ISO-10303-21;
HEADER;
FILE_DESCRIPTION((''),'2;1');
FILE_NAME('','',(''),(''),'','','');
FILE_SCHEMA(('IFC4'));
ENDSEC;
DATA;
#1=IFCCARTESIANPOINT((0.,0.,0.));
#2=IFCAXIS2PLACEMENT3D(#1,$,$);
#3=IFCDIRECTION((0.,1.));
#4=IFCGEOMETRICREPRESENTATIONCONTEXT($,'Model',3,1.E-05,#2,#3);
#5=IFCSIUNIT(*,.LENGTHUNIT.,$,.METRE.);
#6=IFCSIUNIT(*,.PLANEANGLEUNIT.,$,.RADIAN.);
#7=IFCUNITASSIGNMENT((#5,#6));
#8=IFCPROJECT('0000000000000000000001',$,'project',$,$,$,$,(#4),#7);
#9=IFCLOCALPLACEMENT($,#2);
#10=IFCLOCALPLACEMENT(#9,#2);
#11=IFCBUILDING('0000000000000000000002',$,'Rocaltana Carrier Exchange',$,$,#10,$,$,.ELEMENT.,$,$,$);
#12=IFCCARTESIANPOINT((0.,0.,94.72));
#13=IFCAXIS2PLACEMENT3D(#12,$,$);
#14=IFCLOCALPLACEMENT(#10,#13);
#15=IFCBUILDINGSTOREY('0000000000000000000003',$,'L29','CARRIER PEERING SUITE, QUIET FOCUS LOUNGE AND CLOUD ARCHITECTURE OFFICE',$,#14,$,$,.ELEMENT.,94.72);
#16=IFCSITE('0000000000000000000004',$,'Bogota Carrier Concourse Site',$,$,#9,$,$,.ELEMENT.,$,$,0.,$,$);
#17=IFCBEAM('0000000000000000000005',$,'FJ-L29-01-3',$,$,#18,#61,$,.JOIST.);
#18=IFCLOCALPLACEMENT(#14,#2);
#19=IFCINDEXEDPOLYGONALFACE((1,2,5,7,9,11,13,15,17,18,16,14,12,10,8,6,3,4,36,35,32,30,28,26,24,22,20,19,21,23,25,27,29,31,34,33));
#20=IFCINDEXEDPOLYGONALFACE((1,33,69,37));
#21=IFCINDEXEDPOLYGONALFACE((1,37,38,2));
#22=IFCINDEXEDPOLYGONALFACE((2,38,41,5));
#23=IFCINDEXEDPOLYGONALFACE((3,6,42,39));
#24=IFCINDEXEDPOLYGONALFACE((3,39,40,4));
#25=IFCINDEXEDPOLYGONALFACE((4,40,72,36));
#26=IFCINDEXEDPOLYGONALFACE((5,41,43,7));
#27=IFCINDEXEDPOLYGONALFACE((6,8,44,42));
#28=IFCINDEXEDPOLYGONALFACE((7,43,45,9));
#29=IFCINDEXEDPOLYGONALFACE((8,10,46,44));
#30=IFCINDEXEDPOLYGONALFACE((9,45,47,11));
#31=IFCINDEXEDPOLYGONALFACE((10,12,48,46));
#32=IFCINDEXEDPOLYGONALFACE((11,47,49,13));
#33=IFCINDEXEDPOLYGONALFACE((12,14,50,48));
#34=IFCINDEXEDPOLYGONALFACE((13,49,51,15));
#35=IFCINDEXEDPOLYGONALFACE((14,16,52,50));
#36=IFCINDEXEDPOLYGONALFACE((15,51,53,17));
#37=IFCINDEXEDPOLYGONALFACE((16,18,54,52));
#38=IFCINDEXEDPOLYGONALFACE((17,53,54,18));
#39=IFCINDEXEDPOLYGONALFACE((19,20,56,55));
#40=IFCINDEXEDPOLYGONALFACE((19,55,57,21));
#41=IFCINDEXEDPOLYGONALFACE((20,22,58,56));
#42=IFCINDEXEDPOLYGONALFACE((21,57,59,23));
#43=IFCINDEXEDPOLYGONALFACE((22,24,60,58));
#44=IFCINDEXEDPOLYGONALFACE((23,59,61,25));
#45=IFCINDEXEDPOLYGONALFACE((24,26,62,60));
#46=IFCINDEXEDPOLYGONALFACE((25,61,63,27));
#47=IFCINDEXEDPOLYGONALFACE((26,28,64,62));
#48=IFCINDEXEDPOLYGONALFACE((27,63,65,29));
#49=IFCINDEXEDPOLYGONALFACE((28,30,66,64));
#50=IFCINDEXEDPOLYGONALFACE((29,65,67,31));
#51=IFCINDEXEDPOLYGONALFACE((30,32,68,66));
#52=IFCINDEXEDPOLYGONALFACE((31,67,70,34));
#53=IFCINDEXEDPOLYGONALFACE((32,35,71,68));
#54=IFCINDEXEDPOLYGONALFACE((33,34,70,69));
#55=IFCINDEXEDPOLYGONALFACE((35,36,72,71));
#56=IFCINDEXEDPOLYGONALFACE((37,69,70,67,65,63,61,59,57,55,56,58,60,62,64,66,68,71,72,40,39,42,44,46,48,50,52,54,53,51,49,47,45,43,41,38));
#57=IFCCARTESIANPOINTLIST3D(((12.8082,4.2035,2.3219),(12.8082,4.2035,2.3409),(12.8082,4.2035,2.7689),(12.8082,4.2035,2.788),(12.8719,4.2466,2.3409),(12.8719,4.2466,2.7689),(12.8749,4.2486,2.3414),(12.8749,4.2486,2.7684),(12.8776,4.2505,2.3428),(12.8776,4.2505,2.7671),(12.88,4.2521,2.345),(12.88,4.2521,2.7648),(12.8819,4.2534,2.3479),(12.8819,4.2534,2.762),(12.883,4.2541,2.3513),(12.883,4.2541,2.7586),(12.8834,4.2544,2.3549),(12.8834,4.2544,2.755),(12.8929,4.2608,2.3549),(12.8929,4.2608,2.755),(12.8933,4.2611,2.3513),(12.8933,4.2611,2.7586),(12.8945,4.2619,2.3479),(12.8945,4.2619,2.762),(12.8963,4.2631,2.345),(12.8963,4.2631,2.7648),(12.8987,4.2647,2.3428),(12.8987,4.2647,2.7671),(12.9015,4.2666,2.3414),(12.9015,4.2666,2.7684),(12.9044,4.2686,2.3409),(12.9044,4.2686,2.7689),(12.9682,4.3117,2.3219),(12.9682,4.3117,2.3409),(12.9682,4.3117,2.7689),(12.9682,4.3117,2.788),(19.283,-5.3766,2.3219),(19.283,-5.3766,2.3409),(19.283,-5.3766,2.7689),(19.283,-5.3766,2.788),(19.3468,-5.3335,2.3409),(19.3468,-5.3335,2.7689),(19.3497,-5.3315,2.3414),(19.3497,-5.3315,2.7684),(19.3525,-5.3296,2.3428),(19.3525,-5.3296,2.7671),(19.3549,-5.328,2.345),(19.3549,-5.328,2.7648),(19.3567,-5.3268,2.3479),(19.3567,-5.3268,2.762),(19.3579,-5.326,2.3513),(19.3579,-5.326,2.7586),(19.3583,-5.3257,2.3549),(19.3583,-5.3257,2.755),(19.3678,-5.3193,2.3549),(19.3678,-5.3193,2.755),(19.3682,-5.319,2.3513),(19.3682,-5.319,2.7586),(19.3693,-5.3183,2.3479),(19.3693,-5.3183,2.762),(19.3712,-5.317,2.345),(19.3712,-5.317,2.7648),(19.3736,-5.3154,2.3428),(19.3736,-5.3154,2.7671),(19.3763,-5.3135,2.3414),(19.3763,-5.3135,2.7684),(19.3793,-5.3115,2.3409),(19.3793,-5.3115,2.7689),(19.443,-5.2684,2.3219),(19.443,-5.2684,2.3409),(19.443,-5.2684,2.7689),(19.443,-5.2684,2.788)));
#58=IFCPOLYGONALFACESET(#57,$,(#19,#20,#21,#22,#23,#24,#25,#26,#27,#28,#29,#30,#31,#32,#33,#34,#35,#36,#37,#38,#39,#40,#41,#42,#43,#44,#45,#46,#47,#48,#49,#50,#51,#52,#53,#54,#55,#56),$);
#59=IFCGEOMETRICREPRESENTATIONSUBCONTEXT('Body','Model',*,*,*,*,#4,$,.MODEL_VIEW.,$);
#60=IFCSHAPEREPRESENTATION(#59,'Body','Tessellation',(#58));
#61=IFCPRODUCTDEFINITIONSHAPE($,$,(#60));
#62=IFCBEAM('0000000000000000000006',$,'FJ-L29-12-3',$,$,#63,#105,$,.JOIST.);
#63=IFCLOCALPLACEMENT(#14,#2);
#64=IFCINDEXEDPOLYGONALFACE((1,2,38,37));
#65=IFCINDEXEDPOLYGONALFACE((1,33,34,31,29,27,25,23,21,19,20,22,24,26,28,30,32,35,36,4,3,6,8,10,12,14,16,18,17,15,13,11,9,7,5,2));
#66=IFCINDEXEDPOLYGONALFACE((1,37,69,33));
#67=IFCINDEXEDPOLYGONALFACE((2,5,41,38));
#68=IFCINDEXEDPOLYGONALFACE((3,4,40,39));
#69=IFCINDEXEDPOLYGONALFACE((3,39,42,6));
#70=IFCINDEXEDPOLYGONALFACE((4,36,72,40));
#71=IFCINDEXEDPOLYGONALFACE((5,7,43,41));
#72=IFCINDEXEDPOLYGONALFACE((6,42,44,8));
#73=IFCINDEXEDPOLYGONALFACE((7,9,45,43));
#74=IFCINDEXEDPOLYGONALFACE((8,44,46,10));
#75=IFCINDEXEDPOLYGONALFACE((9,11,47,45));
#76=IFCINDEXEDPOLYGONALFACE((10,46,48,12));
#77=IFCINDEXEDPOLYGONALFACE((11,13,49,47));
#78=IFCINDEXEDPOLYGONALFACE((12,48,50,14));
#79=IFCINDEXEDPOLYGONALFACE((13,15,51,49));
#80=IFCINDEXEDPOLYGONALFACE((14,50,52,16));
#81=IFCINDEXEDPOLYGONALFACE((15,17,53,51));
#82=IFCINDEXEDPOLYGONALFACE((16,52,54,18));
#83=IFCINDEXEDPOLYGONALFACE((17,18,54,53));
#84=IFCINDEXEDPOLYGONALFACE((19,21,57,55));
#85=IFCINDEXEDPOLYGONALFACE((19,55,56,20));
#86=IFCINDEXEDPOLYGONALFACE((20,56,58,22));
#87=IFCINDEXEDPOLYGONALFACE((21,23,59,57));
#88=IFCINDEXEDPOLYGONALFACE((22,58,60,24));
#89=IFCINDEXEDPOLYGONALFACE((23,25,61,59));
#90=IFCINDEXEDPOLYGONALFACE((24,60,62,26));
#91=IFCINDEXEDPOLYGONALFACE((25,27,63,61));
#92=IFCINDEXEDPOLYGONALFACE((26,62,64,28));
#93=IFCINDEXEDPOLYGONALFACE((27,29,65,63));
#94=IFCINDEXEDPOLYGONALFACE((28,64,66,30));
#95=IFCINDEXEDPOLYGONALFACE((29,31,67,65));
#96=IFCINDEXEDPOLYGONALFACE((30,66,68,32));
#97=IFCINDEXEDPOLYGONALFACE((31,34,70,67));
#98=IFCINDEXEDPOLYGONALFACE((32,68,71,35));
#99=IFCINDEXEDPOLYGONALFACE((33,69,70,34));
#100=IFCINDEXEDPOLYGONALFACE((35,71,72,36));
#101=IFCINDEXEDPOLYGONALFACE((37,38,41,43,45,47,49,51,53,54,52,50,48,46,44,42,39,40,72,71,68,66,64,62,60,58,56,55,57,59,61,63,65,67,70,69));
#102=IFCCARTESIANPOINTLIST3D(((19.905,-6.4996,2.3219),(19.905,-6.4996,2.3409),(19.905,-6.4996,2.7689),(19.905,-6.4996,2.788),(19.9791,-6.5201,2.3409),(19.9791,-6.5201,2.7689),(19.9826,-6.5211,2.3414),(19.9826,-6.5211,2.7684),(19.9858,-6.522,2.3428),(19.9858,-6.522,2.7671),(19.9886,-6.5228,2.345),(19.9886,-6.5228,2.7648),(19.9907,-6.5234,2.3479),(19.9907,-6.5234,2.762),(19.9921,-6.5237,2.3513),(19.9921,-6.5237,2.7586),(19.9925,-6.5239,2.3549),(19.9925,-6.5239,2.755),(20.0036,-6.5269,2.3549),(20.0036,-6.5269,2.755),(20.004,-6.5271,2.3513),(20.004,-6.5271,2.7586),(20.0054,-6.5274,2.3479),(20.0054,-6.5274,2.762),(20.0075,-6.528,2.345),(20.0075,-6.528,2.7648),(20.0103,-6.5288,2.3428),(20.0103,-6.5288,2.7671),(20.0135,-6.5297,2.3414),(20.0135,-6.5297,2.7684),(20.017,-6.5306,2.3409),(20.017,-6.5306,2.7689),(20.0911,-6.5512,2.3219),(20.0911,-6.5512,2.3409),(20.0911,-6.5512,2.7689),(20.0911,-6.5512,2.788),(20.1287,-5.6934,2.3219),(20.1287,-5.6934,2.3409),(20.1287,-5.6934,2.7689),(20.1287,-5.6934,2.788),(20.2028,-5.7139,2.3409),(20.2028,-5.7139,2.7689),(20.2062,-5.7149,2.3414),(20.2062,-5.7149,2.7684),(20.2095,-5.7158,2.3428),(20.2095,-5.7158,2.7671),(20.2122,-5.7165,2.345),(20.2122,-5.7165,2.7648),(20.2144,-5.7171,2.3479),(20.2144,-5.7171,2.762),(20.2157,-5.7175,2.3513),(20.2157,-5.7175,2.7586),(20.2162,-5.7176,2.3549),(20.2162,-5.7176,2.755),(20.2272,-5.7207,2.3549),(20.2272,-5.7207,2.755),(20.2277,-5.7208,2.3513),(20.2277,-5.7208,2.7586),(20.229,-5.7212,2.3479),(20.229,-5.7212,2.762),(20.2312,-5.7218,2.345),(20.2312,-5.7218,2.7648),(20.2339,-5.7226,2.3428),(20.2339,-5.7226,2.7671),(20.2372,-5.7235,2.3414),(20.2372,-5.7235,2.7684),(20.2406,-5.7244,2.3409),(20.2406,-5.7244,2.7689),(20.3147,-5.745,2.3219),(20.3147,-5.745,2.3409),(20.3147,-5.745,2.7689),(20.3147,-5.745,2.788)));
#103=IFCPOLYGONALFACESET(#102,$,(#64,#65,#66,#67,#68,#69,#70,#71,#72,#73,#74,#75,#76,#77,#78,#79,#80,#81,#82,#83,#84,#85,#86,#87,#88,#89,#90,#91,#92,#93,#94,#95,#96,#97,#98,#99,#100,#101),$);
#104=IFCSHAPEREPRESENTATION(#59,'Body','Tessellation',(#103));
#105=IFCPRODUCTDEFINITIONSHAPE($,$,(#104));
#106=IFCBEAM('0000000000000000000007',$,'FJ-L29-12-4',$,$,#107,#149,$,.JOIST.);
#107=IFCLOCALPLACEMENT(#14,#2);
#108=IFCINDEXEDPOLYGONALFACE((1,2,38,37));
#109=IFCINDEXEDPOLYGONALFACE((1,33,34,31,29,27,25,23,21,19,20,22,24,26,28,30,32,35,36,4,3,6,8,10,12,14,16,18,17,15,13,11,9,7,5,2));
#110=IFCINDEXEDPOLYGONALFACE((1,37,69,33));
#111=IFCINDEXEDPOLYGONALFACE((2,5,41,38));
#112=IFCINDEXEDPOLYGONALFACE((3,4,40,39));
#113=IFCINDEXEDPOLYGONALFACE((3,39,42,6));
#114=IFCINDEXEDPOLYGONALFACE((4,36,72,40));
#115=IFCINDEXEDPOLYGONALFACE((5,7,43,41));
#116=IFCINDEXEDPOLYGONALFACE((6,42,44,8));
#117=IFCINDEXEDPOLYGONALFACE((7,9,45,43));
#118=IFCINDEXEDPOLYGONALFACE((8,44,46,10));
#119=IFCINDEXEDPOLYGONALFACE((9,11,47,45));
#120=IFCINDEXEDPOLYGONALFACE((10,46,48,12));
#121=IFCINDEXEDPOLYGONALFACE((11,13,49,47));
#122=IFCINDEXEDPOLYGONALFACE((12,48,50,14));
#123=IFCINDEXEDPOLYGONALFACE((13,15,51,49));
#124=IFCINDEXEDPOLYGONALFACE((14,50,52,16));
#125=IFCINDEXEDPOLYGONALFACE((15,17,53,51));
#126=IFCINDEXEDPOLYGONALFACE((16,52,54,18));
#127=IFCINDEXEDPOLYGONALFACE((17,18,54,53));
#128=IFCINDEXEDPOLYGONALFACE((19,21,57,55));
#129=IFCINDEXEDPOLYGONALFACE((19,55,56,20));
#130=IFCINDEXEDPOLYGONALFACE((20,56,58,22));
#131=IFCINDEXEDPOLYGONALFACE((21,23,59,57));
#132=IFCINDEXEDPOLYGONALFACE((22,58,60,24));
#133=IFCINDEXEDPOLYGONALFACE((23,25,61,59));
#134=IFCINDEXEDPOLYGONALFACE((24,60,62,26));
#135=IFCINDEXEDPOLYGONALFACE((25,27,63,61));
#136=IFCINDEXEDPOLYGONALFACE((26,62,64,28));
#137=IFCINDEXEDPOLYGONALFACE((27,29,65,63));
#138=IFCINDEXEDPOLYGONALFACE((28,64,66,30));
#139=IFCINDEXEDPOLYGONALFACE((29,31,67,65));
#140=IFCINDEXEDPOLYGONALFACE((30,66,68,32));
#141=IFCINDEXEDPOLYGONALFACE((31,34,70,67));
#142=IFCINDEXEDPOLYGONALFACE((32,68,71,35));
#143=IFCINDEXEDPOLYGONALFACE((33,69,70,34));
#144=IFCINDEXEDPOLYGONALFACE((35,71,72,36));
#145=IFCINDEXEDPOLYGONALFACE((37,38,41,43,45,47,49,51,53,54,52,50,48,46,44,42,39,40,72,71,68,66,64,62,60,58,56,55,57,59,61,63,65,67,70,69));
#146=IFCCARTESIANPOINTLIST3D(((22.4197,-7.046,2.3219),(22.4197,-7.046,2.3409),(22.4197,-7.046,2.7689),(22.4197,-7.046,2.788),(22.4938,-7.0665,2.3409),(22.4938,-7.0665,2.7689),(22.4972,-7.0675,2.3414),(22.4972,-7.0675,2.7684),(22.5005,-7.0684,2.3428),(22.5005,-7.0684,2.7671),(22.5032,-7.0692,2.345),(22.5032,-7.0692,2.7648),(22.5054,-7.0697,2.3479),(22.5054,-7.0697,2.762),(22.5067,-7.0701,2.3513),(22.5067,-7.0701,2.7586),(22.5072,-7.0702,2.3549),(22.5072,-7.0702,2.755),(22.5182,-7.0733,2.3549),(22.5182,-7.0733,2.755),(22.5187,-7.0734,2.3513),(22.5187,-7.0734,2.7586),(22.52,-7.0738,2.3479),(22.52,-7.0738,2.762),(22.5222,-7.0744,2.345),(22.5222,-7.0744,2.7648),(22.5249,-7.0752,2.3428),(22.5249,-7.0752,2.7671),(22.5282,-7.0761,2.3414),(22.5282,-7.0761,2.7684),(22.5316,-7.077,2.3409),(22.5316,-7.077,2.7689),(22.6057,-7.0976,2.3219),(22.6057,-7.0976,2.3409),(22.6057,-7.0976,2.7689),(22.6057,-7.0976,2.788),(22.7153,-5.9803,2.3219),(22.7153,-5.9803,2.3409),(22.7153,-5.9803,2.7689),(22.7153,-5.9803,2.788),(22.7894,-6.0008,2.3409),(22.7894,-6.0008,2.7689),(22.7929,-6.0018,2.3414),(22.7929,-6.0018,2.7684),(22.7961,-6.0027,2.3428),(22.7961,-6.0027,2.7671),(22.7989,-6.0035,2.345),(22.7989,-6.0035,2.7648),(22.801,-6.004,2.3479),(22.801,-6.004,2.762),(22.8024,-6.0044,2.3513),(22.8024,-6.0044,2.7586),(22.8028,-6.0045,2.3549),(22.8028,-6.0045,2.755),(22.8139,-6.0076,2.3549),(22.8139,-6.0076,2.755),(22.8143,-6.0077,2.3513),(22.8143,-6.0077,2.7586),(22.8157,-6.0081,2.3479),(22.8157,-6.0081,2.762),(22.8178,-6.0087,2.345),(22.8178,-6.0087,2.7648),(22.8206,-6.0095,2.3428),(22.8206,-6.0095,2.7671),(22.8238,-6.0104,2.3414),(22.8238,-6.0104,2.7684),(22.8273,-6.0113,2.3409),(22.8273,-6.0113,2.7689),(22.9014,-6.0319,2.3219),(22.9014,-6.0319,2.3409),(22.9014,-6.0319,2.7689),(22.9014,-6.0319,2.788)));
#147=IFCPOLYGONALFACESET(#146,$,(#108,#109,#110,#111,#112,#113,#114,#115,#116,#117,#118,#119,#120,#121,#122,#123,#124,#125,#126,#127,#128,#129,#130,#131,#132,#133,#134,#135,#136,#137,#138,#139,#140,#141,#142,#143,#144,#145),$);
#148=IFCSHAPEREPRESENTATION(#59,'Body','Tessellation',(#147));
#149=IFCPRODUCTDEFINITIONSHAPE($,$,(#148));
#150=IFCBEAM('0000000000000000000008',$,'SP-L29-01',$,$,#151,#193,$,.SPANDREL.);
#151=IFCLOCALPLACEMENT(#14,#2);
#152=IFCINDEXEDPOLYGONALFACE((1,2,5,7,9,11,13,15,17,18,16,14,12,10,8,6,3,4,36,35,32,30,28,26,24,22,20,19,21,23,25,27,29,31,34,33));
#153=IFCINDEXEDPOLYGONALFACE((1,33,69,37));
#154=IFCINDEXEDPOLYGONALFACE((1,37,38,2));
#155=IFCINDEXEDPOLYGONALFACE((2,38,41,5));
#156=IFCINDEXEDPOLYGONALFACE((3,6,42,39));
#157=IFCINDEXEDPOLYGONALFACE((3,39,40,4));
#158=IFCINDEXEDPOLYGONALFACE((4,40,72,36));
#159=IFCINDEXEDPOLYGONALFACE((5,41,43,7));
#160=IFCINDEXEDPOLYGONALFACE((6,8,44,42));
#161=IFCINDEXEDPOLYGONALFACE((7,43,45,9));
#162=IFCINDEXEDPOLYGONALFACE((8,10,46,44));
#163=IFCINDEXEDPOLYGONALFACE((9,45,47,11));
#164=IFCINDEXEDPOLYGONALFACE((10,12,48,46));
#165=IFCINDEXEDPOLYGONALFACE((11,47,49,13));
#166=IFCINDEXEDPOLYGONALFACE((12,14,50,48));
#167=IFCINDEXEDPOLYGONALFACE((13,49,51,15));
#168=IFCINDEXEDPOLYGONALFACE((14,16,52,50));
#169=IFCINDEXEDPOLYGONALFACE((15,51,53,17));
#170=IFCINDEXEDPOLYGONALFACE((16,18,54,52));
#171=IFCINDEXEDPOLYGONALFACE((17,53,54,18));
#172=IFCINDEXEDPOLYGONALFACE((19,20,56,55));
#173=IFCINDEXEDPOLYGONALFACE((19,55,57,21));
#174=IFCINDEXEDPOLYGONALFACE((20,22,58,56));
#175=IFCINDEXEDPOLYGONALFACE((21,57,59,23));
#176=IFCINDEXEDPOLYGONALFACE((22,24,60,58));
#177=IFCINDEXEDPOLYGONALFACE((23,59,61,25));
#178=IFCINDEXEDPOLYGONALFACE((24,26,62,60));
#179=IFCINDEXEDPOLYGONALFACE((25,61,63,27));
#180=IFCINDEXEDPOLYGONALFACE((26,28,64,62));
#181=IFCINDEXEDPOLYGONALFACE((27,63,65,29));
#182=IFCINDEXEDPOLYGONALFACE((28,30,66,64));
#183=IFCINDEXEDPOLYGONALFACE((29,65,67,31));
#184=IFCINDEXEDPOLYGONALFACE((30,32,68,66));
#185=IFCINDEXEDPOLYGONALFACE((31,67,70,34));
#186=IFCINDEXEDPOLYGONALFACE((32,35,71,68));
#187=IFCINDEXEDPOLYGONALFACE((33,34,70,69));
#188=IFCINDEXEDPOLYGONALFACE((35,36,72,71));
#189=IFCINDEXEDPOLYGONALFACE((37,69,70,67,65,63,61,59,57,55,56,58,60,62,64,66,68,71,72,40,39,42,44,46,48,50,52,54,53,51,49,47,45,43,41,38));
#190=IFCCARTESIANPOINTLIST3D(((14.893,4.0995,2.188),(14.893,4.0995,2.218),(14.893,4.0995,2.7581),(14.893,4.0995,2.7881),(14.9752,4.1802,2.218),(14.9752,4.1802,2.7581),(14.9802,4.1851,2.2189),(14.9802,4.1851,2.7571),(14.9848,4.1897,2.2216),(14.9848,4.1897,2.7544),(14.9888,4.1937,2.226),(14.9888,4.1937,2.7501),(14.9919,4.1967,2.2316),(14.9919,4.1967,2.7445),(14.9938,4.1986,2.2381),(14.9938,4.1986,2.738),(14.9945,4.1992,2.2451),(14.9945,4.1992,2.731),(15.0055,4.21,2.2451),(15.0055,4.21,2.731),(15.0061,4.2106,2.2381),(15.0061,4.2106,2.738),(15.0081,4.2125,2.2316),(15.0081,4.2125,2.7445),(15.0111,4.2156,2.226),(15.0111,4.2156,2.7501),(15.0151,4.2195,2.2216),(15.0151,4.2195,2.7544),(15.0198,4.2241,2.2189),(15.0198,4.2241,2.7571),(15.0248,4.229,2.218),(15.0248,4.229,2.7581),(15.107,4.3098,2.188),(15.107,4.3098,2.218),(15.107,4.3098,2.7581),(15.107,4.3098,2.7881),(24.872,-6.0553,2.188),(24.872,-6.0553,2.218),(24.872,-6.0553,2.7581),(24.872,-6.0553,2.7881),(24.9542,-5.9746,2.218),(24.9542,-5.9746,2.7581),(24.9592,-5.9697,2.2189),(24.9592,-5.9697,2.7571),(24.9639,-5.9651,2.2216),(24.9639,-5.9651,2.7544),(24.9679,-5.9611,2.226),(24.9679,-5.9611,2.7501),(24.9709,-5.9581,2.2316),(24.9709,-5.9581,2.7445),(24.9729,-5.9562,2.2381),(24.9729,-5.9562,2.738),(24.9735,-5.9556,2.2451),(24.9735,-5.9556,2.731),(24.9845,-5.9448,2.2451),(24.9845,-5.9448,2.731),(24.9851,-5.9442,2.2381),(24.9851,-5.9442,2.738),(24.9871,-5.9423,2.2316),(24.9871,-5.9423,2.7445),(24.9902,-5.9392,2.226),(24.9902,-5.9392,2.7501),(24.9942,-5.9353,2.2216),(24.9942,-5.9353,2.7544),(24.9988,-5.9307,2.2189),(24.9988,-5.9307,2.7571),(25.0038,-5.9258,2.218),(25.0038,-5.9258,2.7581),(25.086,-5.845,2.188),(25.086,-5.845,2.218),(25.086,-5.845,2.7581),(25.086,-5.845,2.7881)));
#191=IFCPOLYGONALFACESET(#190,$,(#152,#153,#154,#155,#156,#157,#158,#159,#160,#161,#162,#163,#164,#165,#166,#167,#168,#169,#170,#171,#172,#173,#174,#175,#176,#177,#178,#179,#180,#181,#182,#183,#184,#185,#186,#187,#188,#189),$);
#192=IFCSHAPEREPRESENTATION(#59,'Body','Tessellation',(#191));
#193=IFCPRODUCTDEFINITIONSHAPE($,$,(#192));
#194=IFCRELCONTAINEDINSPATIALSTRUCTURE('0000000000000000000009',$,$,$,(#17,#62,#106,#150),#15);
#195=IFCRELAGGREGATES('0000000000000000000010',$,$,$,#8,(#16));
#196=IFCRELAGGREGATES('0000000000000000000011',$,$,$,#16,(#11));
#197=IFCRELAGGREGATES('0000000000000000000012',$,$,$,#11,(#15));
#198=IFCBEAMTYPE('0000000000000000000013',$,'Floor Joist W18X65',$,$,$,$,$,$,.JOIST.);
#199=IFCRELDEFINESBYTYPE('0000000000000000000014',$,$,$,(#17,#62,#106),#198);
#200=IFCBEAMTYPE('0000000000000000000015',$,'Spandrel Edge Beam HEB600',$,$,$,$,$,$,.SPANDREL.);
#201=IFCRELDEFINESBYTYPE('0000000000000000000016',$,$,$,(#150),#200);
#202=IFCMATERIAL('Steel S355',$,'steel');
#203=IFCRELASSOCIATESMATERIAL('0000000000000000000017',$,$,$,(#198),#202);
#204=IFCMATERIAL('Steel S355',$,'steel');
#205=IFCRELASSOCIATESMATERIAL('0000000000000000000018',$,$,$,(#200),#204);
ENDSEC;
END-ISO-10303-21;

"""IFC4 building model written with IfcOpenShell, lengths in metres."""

from ifc_helpers import new_model, si_unit, direction, frame, origin, origin_2d, place, context, subcontext, project, spatial, i_section, extrude, material, material_profile, profile_set, type_object, element, save


model = new_model("IFC4")

# Units and contexts
model_context = context("Model", 3, precision=1e-05, world=origin(), true_north=direction((0.0, 1.0)))
body_context = subcontext(model_context, "Body", "Model", "MODEL_VIEW")
ifc_project = project(units=[si_unit("LENGTHUNIT", "METRE"), si_unit("PLANEANGLEUNIT", "RADIAN")], contexts=[model_context])

# Site, building, storey
site_placement = place(None, origin())
site = spatial("IfcSite", under=ifc_project, at=site_placement, Name="Bogota Carrier Concourse Site", CompositionType="ELEMENT", RefElevation=0.0)
building_placement = place(site_placement, origin())
building = spatial("IfcBuilding", under=site, at=building_placement, Name="Rocaltana Carrier Exchange", CompositionType="ELEMENT")
storey_placement = place(building_placement, frame((0.0, 0.0, 94.72)))
storey = spatial("IfcBuildingStorey", under=building, at=storey_placement, Name="L29", Description="CARRIER PEERING SUITE, QUIET FOCUS LOUNGE AND CLOUD ARCHITECTURE OFFICE", CompositionType="ELEMENT", Elevation=94.72)

# Beams
ifc_material_1 = material(Name="Steel S355", Category="steel")
ifc_material_profile_1 = material_profile(ifc_material_1, i_section(OverallWidth=0.1931, OverallDepth=0.4661, WebThickness=0.0115, FlangeThickness=0.019, FilletRadius=0.0139, at=origin_2d()), Name="W18X65")
ifc_profile_set_1 = profile_set([ifc_material_profile_1], Name="Steel S355")
beam_type_1 = type_object("IfcBeamType", Name="Floor Joist W18X65", PredefinedType="JOIST", material=ifc_profile_set_1)
beam_1_placement = place(storey_placement, frame((19.363, -5.3225, 2.5549), z_axis=(-0.559966, 0.828516, 0.0), x_axis=(-0.828516, -0.559966, 0.0)))
element("IfcBeam", 1, at=beam_1_placement, inside=storey, type_object=beam_type_1, Name="FJ-L29-01-3", PredefinedType="JOIST", context=body_context, shape_type="SweptSolid", body=[
    extrude(i_section(OverallWidth=0.1931, OverallDepth=0.4661, WebThickness=0.0115, FlangeThickness=0.019, FilletRadius=0.0139, at=origin_2d()), origin(), (0.0, 0.0, 1.0), 11.563),
])
beam_2_placement = place(storey_placement, frame((19.998, -6.5254, 2.5549), z_axis=(0.267313, 0.96361, 0.0), x_axis=(-0.96361, 0.267313, 0.0)))
element("IfcBeam", 2, at=beam_2_placement, inside=storey, type_object=beam_type_1, Name="FJ-L29-12-3", PredefinedType="JOIST", context=body_context, shape_type="SweptSolid", body=[
    extrude(i_section(OverallWidth=0.1931, OverallDepth=0.4661, WebThickness=0.0115, FlangeThickness=0.019, FilletRadius=0.0139, at=origin_2d()), origin(), (0.0, 0.0, 1.0), 0.8367),
])
beam_3_placement = place(storey_placement, frame((22.5127, -7.0718, 2.5549), z_axis=(0.267336, 0.963603, 0.0), x_axis=(-0.963603, 0.267336, 0.0)))
element("IfcBeam", 3, at=beam_3_placement, inside=storey, type_object=beam_type_1, Name="FJ-L29-12-4", PredefinedType="JOIST", context=body_context, shape_type="SweptSolid", body=[
    extrude(i_section(OverallWidth=0.1931, OverallDepth=0.4661, WebThickness=0.0115, FlangeThickness=0.019, FilletRadius=0.0139, at=origin_2d()), origin(), (0.0, 0.0, 1.0), 1.106),
])
ifc_material_2 = material(Name="Steel S355", Category="steel")
ifc_material_profile_2 = material_profile(ifc_material_2, i_section(OverallWidth=0.3, OverallDepth=0.6001, WebThickness=0.0154, FlangeThickness=0.03, FilletRadius=0.0271, at=origin_2d()), Name="HEB600")
ifc_profile_set_2 = profile_set([ifc_material_profile_2], Name="Steel S355")
beam_type_2 = type_object("IfcBeamType", Name="Spandrel Edge Beam HEB600", PredefinedType="SPANDREL", material=ifc_profile_set_2)
beam_4_placement = place(storey_placement, frame((24.979, -5.9502, 2.488), z_axis=(-0.700907, 0.713253, 0.0), x_axis=(-0.713253, -0.700907, 0.0)))
element("IfcBeam", 4, at=beam_4_placement, inside=storey, type_object=beam_type_2, Name="SP-L29-01", PredefinedType="SPANDREL", context=body_context, shape_type="SweptSolid", body=[
    extrude(i_section(OverallWidth=0.3, OverallDepth=0.6001, WebThickness=0.0154, FlangeThickness=0.03, FilletRadius=0.0271, at=origin_2d()), origin(), (0.0, 0.0, 1.0), 14.2373),
])

save(model, "model.ifc")
